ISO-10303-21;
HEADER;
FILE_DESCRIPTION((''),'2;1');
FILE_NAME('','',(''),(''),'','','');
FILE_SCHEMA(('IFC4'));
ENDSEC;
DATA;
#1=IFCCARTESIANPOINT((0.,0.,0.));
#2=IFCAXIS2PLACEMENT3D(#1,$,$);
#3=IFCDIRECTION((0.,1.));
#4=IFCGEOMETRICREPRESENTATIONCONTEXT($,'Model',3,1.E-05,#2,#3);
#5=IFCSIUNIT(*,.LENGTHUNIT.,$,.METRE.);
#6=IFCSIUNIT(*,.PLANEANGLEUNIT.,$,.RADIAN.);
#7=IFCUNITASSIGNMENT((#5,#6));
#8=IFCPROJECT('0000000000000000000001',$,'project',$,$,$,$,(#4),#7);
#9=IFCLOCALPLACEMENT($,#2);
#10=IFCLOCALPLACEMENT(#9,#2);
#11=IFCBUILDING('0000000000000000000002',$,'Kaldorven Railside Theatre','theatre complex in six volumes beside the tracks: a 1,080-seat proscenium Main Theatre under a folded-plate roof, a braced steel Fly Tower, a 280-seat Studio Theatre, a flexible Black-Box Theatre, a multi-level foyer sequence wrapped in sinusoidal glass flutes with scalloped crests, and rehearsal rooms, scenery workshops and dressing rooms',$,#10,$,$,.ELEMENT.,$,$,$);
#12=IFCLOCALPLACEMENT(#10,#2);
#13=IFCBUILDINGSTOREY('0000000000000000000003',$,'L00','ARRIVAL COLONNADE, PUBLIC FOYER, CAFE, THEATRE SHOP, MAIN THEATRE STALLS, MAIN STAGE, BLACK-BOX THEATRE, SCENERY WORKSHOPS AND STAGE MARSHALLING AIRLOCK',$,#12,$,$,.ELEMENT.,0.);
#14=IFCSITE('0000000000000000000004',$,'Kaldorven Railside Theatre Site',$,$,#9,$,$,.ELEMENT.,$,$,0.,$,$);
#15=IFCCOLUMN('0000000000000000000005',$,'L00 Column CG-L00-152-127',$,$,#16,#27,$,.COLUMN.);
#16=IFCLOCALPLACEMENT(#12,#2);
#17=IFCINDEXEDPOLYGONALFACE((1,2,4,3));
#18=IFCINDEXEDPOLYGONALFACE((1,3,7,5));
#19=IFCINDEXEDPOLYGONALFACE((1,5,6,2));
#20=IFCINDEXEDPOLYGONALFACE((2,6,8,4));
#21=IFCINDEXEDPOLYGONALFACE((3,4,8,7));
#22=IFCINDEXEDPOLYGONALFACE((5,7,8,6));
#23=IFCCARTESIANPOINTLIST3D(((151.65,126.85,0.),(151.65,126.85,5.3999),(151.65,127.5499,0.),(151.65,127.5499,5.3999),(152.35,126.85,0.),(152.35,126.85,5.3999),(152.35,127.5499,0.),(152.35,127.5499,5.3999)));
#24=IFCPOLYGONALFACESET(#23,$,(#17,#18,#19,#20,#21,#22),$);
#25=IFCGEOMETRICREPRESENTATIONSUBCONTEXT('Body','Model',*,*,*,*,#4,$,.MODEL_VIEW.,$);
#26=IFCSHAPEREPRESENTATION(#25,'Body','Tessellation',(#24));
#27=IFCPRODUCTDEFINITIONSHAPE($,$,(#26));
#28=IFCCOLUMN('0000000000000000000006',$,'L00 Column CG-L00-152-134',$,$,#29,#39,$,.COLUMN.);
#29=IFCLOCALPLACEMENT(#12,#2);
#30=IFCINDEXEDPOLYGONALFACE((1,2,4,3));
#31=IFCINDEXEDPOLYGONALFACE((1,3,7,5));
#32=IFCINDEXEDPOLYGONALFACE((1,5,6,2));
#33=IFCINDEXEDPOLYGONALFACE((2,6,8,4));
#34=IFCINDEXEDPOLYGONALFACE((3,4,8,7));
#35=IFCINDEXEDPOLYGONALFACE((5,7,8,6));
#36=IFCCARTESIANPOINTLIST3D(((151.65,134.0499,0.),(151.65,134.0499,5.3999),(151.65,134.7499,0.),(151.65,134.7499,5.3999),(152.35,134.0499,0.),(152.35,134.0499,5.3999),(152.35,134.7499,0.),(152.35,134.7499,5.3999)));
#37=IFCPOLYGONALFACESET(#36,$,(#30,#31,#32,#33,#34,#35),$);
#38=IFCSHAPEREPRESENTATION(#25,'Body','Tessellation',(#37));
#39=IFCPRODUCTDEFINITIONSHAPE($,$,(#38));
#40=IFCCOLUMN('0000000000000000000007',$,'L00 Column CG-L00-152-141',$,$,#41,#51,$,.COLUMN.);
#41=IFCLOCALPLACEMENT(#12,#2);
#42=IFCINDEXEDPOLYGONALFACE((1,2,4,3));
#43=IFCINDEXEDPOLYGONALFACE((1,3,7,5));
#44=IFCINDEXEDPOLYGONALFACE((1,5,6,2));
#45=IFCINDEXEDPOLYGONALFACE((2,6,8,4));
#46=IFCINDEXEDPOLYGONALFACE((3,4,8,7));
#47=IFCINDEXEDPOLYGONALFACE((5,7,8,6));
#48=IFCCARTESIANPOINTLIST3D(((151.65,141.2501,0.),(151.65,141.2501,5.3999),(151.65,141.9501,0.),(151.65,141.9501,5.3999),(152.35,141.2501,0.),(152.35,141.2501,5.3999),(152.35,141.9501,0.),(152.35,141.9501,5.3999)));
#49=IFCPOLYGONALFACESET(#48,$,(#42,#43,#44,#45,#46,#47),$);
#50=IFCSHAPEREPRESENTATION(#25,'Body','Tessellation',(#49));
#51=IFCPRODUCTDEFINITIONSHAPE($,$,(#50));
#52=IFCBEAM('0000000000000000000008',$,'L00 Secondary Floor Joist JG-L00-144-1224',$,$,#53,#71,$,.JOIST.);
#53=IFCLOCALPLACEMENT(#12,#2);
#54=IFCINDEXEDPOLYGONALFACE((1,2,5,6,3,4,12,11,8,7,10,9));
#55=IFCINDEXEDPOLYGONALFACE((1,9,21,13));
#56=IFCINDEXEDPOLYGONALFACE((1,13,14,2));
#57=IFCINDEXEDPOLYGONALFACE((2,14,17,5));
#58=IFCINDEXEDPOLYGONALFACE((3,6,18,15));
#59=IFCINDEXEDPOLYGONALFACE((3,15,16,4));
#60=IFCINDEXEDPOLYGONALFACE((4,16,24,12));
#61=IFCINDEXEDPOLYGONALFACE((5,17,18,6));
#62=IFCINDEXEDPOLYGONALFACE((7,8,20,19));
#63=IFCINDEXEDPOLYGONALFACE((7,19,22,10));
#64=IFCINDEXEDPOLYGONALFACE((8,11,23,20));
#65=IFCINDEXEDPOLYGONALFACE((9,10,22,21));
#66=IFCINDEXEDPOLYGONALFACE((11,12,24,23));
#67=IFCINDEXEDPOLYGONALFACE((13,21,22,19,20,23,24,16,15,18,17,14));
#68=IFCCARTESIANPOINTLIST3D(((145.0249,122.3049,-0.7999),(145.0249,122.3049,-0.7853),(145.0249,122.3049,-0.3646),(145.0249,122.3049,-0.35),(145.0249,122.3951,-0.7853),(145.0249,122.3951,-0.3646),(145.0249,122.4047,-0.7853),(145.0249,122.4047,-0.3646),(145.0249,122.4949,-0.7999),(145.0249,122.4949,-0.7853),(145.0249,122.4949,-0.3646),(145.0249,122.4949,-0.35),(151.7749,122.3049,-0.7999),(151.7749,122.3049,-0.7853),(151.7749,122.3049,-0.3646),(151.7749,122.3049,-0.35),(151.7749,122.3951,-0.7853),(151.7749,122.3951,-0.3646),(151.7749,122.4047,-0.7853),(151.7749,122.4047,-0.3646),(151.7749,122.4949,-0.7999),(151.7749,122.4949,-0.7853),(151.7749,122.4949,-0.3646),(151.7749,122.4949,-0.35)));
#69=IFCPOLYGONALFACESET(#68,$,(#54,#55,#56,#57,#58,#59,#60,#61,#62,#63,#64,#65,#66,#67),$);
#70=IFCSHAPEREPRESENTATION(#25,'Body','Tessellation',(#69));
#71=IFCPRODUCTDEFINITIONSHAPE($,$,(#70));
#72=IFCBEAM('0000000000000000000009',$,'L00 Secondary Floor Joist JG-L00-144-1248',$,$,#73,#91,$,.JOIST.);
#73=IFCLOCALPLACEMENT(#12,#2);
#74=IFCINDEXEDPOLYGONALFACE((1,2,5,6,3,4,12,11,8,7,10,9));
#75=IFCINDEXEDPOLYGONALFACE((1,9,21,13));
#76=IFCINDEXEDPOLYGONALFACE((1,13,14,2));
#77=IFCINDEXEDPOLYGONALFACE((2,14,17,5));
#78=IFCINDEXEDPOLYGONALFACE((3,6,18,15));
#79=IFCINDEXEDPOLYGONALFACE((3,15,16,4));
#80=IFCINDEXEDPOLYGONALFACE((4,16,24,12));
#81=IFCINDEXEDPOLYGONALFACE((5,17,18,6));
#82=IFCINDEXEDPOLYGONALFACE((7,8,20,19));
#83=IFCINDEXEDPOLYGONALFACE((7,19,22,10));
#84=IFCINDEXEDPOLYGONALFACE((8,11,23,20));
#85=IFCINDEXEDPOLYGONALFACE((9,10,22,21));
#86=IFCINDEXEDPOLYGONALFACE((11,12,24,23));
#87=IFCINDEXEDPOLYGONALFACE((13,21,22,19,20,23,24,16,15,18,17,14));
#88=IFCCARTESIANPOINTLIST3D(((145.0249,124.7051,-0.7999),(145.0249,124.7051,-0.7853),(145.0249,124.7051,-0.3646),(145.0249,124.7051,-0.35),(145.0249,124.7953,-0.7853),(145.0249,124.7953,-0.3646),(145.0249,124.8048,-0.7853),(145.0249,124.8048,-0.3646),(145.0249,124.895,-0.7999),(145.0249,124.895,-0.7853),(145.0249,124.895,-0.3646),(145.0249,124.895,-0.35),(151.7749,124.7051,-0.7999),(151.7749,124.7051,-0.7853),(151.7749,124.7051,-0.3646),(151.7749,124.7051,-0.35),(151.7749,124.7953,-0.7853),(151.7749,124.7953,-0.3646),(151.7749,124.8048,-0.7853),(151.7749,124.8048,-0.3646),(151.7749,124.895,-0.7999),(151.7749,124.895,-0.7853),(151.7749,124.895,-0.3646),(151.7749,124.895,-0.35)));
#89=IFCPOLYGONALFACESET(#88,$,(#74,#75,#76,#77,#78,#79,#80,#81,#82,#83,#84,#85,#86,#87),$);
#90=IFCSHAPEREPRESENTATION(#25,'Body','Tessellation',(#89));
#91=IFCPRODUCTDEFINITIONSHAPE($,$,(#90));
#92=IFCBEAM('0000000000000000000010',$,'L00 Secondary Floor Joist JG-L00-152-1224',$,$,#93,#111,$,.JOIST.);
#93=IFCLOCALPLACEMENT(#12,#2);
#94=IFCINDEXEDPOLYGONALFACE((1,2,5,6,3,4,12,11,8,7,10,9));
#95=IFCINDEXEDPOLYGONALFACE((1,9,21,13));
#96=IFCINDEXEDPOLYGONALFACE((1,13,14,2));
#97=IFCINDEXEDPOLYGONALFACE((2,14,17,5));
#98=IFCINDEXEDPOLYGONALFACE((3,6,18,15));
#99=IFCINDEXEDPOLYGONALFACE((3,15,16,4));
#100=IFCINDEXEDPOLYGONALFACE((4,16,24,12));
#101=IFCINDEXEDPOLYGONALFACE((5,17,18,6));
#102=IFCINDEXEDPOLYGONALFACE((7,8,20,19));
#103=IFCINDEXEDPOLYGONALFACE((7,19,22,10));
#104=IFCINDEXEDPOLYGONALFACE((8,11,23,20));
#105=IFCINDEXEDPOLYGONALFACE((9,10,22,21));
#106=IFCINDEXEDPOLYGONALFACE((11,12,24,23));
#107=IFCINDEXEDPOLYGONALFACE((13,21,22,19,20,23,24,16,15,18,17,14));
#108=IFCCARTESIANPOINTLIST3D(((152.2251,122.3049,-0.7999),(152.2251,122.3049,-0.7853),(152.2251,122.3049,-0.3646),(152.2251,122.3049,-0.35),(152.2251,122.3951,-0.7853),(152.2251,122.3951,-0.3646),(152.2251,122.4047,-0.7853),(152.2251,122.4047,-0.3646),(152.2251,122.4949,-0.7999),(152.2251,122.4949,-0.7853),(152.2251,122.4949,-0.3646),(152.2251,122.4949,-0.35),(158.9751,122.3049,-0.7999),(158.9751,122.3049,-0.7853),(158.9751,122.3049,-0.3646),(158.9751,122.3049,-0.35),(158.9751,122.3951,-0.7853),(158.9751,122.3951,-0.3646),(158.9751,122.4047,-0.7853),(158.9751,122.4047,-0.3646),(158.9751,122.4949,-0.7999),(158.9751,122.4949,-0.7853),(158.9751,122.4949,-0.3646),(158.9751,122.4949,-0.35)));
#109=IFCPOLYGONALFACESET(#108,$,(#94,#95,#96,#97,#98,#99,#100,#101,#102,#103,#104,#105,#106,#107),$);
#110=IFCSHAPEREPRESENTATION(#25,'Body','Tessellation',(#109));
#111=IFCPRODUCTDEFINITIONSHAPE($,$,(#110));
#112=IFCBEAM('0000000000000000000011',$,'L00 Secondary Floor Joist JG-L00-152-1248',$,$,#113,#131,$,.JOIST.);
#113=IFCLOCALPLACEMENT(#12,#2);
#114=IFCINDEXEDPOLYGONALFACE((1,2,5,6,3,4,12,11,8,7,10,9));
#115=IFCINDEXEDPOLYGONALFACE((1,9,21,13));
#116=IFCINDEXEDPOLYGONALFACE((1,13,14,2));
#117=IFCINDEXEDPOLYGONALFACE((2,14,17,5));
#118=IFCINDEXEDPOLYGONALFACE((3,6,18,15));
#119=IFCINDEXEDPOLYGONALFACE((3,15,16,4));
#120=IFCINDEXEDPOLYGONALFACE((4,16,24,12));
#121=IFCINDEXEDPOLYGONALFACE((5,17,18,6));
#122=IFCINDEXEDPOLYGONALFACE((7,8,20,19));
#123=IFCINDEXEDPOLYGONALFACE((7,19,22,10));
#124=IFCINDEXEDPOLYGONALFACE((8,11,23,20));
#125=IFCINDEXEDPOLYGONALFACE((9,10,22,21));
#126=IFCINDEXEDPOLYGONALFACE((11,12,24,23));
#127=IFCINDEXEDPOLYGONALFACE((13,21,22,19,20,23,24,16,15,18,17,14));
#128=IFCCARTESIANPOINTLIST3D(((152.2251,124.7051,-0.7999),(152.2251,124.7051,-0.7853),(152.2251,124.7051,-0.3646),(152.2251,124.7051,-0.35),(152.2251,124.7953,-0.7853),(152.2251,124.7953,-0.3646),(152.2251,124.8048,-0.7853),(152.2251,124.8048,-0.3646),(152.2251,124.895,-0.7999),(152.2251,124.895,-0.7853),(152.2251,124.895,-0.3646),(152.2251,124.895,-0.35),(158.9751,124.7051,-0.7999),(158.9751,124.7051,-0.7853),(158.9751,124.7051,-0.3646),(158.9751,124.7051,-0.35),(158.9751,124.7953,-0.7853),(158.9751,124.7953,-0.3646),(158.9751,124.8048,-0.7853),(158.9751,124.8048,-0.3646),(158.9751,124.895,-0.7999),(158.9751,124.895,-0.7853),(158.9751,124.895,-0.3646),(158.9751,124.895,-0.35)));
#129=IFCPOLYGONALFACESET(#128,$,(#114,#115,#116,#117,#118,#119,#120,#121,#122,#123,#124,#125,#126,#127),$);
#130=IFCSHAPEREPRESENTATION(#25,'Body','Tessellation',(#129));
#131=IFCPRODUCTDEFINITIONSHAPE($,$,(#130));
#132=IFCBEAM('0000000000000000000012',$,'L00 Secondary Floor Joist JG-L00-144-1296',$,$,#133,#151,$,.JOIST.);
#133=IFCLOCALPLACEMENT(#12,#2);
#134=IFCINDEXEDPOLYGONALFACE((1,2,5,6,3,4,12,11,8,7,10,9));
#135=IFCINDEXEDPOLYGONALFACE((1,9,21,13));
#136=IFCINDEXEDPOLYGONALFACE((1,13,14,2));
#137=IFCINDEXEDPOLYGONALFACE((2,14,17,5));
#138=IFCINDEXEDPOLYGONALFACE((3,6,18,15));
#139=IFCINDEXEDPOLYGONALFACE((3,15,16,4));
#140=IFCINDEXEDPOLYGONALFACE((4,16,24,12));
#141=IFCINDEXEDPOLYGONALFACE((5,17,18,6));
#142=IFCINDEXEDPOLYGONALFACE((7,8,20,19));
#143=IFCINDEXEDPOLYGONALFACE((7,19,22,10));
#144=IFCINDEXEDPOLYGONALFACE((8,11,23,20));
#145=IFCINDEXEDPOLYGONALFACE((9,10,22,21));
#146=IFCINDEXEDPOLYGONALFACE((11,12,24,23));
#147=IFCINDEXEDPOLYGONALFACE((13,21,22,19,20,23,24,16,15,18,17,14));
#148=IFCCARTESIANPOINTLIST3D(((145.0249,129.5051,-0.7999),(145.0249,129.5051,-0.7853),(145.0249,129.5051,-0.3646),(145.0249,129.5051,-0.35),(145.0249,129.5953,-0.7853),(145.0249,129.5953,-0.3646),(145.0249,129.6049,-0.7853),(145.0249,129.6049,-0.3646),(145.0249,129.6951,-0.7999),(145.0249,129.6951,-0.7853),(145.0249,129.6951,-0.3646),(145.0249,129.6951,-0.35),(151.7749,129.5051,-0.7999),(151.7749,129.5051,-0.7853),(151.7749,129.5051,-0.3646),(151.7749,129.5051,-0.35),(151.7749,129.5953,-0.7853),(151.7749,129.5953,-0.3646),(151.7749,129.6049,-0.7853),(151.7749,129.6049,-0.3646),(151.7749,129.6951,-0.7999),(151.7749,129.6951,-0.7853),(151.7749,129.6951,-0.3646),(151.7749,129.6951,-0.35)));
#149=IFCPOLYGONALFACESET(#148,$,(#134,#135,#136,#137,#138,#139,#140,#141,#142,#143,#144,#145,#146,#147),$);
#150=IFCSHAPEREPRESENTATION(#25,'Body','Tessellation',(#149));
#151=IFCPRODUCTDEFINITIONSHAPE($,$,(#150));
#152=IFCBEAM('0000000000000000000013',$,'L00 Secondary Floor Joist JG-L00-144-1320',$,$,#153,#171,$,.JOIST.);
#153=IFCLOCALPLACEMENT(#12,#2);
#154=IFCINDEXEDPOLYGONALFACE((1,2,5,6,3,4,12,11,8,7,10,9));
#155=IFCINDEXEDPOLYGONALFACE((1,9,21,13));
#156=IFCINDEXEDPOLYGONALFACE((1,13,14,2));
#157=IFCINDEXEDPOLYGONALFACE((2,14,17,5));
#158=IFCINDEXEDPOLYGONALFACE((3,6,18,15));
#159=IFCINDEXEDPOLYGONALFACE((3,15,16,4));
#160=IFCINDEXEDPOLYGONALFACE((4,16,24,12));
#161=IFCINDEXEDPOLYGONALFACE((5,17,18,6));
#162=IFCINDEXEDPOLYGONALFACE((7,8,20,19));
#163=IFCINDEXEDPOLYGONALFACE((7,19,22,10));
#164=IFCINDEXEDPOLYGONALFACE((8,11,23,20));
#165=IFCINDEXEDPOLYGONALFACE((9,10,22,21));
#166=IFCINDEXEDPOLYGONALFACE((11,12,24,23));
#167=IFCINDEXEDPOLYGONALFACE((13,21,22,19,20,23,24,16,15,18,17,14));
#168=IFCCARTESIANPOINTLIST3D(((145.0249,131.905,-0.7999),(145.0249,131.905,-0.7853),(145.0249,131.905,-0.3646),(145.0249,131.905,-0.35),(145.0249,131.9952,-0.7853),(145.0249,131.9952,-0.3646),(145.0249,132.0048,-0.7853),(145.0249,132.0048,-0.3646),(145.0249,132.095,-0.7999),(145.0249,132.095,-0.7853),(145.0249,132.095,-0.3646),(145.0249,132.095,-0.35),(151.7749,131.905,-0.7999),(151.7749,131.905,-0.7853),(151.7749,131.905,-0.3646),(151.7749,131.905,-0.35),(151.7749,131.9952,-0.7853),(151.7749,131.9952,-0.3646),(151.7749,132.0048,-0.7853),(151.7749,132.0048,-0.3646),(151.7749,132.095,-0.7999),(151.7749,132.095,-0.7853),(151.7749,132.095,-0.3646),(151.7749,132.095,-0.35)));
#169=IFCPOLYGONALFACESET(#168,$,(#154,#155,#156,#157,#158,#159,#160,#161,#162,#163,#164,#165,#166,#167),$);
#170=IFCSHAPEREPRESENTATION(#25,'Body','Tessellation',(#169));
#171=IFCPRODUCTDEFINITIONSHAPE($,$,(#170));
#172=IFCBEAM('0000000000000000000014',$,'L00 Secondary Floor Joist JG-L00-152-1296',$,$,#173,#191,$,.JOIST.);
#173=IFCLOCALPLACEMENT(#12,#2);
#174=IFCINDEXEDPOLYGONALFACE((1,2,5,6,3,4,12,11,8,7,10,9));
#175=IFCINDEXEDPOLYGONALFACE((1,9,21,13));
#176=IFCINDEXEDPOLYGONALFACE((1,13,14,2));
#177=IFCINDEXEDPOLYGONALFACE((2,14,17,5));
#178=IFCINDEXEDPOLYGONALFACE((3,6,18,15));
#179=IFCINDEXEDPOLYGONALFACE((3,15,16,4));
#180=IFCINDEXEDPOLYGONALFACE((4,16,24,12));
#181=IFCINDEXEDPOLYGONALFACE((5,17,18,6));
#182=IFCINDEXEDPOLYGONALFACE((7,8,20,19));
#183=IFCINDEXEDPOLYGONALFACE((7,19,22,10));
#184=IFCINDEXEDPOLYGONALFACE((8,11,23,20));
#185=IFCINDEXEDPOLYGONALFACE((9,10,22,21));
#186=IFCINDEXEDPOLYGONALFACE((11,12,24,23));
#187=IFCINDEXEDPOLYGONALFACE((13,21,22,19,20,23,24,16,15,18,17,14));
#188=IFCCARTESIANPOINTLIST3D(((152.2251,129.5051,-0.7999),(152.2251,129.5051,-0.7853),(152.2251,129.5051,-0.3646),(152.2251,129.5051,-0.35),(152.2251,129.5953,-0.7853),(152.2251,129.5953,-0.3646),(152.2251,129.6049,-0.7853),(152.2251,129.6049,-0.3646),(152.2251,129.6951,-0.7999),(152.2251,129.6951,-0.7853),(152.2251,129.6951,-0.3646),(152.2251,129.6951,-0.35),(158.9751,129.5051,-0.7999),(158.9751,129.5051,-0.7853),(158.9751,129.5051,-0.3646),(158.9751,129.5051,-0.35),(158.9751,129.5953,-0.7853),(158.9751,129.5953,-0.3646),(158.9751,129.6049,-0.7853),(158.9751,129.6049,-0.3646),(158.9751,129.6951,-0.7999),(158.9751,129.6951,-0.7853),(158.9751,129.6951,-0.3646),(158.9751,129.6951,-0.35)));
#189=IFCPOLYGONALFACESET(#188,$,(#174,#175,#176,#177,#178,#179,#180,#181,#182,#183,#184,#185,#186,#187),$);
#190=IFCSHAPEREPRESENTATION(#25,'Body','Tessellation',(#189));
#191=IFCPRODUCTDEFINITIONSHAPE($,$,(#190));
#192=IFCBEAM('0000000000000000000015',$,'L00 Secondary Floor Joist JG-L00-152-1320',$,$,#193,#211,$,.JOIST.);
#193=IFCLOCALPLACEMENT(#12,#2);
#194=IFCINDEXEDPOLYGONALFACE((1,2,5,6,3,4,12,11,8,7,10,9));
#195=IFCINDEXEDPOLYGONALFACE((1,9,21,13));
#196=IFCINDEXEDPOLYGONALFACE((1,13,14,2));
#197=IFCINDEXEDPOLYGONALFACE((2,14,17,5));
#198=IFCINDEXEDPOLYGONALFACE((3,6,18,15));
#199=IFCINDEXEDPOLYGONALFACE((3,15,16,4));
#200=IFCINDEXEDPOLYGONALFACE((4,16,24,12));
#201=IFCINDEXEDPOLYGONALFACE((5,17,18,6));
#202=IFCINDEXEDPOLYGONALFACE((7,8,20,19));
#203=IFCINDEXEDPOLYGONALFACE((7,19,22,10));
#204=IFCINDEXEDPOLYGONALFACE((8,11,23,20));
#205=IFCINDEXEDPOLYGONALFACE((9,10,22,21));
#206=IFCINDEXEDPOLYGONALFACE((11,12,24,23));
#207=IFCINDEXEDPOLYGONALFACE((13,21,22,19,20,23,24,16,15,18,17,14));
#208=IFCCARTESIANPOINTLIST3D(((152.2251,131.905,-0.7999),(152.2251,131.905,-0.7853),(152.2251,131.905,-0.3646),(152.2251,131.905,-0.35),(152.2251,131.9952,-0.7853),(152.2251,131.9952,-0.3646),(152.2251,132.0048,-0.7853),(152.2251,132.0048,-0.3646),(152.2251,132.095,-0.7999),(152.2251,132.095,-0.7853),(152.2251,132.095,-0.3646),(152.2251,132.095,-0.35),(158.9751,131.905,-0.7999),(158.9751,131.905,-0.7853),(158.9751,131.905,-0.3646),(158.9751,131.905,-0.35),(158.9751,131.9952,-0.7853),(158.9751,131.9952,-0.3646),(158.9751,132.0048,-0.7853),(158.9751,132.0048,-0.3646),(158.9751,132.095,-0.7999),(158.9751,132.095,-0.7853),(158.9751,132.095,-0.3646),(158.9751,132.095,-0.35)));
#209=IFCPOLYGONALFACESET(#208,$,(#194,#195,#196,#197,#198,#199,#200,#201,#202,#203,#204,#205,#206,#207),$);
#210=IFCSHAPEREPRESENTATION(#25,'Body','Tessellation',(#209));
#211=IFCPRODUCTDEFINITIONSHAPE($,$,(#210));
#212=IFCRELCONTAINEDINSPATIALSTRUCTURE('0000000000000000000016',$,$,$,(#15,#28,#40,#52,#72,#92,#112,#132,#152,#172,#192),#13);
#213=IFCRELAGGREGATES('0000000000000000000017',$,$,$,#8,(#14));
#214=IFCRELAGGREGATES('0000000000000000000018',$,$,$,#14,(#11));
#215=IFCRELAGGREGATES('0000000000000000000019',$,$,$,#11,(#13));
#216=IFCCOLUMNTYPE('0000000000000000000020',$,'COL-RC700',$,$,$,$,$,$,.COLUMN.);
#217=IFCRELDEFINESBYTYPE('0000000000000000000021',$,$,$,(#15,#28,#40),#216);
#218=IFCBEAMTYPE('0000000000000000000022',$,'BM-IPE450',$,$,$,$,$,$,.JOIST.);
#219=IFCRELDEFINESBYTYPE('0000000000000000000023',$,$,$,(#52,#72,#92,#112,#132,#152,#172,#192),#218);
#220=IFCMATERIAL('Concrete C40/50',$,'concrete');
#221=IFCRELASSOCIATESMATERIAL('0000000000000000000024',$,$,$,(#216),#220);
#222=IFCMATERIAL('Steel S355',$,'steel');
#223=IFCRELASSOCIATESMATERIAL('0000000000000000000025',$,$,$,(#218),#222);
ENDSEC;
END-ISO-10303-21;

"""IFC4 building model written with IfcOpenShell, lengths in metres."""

from ifc_helpers import new_model, si_unit, direction, frame, origin, origin_2d, place, context, subcontext, project, spatial, rectangle, i_section, extrude, material, material_profile, profile_set, type_object, element, save


model = new_model("IFC4")

# Units and contexts
model_context = context("Model", 3, precision=1e-05, world=origin(), true_north=direction((0.0, 1.0)))
body_context = subcontext(model_context, "Body", "Model", "MODEL_VIEW")
ifc_project = project(units=[si_unit("LENGTHUNIT", "METRE"), si_unit("PLANEANGLEUNIT", "RADIAN")], contexts=[model_context])

# Site, building, storey
site_placement = place(None, origin())
site = spatial("IfcSite", under=ifc_project, at=site_placement, Name="Kaldorven Railside Theatre Site", CompositionType="ELEMENT", RefElevation=0.0)
building_placement = place(site_placement, origin())
building = spatial("IfcBuilding", under=site, at=building_placement, Name="Kaldorven Railside Theatre", Description="theatre complex in six volumes beside the tracks: a 1,080-seat proscenium Main Theatre under a folded-plate roof, a braced steel Fly Tower, a 280-seat Studio Theatre, a flexible Black-Box Theatre, a multi-level foyer sequence wrapped in sinusoidal glass flutes with scalloped crests, and rehearsal rooms, scenery workshops and dressing rooms", CompositionType="ELEMENT")
storey_placement = place(building_placement, origin())
storey = spatial("IfcBuildingStorey", under=building, at=storey_placement, Name="L00", Description="ARRIVAL COLONNADE, PUBLIC FOYER, CAFE, THEATRE SHOP, MAIN THEATRE STALLS, MAIN STAGE, BLACK-BOX THEATRE, SCENERY WORKSHOPS AND STAGE MARSHALLING AIRLOCK", CompositionType="ELEMENT", Elevation=0.0)

# Columns
ifc_material_1 = material(Name="Concrete C40/50", Category="concrete")
ifc_material_profile_1 = material_profile(ifc_material_1, rectangle(XDim=0.7, YDim=0.7, at=origin_2d()), Name="RC 700x700")
ifc_profile_set_1 = profile_set([ifc_material_profile_1], Name="Concrete C40/50")
column_type = type_object("IfcColumnType", Name="COL-RC700", PredefinedType="COLUMN", material=ifc_profile_set_1)
for number, where, z_axis, x_axis, name in (
    (1, (152.0, 127.2, 0.0), (0.0, 0.0, 1.0), (0.0, 1.0, 0.0), "L00 Column CG-L00-152-127"),
    (2, (152.0, 134.3999, 0.0), (0.0, 0.0, 1.0), (1.0, 0.0, 0.0), "L00 Column CG-L00-152-134"),
    (3, (152.0, 141.6001, 0.0), (0.0, 0.0, 1.0), (0.0, 1.0, 0.0), "L00 Column CG-L00-152-141"),
):
    element("IfcColumn", number, at=place(storey_placement, frame(where, z_axis=z_axis, x_axis=x_axis)), inside=storey, type_object=column_type, Name=name, PredefinedType="COLUMN", context=body_context, shape_type="SweptSolid", body=[
        extrude(rectangle(XDim=0.7, YDim=0.7, at=origin_2d()), origin(), (0.0, 0.0, 1.0), 5.3999),
    ])

# Beams
ifc_material_2 = material(Name="Steel S355", Category="steel")
ifc_material_profile_2 = material_profile(ifc_material_2, i_section(OverallWidth=0.1899, OverallDepth=0.45, WebThickness=0.0095, FlangeThickness=0.0146, at=origin_2d()), Name="IPE 450")
ifc_profile_set_2 = profile_set([ifc_material_profile_2], Name="Steel S355")
beam_type_1 = type_object("IfcBeamType", Name="BM-IPE450", PredefinedType="JOIST", material=ifc_profile_set_2)
for number, where, z_axis, x_axis, name in (
    (4, (145.0249, 122.3999, -0.575), (1.0, 0.0, 0.0), (0.0, 1.0, 0.0), "L00 Secondary Floor Joist JG-L00-144-1224"),
    (5, (145.0249, 124.8, -0.575), (1.0, 0.0, 0.0), (0.0, 1.0, 0.0), "L00 Secondary Floor Joist JG-L00-144-1248"),
    (6, (152.2251, 122.3999, -0.575), (1.0, 0.0, 0.0), (0.0, 1.0, 0.0), "L00 Secondary Floor Joist JG-L00-152-1224"),
    (7, (152.2251, 124.8, -0.575), (1.0, 0.0, 0.0), (0.0, 1.0, 0.0), "L00 Secondary Floor Joist JG-L00-152-1248"),
    (8, (145.0249, 129.6001, -0.575), (1.0, 0.0, 0.0), (0.0, 1.0, 0.0), "L00 Secondary Floor Joist JG-L00-144-1296"),
    (9, (145.0249, 132.0, -0.575), (1.0, 0.0, 0.0), (0.0, 1.0, 0.0), "L00 Secondary Floor Joist JG-L00-144-1320"),
    (10, (152.2251, 129.6001, -0.575), (1.0, 0.0, 0.0), (0.0, 1.0, 0.0), "L00 Secondary Floor Joist JG-L00-152-1296"),
    (11, (152.2251, 132.0, -0.575), (1.0, 0.0, 0.0), (0.0, 1.0, 0.0), "L00 Secondary Floor Joist JG-L00-152-1320"),
):
    element("IfcBeam", number, at=place(storey_placement, frame(where, z_axis=z_axis, x_axis=x_axis)), inside=storey, type_object=beam_type_1, Name=name, PredefinedType="JOIST", context=body_context, shape_type="SweptSolid", body=[
        extrude(i_section(OverallWidth=0.1899, OverallDepth=0.45, WebThickness=0.0095, FlangeThickness=0.0146, at=origin_2d()), origin(), (0.0, 0.0, 1.0), 6.75),
    ])

save(model, "model.ifc")
